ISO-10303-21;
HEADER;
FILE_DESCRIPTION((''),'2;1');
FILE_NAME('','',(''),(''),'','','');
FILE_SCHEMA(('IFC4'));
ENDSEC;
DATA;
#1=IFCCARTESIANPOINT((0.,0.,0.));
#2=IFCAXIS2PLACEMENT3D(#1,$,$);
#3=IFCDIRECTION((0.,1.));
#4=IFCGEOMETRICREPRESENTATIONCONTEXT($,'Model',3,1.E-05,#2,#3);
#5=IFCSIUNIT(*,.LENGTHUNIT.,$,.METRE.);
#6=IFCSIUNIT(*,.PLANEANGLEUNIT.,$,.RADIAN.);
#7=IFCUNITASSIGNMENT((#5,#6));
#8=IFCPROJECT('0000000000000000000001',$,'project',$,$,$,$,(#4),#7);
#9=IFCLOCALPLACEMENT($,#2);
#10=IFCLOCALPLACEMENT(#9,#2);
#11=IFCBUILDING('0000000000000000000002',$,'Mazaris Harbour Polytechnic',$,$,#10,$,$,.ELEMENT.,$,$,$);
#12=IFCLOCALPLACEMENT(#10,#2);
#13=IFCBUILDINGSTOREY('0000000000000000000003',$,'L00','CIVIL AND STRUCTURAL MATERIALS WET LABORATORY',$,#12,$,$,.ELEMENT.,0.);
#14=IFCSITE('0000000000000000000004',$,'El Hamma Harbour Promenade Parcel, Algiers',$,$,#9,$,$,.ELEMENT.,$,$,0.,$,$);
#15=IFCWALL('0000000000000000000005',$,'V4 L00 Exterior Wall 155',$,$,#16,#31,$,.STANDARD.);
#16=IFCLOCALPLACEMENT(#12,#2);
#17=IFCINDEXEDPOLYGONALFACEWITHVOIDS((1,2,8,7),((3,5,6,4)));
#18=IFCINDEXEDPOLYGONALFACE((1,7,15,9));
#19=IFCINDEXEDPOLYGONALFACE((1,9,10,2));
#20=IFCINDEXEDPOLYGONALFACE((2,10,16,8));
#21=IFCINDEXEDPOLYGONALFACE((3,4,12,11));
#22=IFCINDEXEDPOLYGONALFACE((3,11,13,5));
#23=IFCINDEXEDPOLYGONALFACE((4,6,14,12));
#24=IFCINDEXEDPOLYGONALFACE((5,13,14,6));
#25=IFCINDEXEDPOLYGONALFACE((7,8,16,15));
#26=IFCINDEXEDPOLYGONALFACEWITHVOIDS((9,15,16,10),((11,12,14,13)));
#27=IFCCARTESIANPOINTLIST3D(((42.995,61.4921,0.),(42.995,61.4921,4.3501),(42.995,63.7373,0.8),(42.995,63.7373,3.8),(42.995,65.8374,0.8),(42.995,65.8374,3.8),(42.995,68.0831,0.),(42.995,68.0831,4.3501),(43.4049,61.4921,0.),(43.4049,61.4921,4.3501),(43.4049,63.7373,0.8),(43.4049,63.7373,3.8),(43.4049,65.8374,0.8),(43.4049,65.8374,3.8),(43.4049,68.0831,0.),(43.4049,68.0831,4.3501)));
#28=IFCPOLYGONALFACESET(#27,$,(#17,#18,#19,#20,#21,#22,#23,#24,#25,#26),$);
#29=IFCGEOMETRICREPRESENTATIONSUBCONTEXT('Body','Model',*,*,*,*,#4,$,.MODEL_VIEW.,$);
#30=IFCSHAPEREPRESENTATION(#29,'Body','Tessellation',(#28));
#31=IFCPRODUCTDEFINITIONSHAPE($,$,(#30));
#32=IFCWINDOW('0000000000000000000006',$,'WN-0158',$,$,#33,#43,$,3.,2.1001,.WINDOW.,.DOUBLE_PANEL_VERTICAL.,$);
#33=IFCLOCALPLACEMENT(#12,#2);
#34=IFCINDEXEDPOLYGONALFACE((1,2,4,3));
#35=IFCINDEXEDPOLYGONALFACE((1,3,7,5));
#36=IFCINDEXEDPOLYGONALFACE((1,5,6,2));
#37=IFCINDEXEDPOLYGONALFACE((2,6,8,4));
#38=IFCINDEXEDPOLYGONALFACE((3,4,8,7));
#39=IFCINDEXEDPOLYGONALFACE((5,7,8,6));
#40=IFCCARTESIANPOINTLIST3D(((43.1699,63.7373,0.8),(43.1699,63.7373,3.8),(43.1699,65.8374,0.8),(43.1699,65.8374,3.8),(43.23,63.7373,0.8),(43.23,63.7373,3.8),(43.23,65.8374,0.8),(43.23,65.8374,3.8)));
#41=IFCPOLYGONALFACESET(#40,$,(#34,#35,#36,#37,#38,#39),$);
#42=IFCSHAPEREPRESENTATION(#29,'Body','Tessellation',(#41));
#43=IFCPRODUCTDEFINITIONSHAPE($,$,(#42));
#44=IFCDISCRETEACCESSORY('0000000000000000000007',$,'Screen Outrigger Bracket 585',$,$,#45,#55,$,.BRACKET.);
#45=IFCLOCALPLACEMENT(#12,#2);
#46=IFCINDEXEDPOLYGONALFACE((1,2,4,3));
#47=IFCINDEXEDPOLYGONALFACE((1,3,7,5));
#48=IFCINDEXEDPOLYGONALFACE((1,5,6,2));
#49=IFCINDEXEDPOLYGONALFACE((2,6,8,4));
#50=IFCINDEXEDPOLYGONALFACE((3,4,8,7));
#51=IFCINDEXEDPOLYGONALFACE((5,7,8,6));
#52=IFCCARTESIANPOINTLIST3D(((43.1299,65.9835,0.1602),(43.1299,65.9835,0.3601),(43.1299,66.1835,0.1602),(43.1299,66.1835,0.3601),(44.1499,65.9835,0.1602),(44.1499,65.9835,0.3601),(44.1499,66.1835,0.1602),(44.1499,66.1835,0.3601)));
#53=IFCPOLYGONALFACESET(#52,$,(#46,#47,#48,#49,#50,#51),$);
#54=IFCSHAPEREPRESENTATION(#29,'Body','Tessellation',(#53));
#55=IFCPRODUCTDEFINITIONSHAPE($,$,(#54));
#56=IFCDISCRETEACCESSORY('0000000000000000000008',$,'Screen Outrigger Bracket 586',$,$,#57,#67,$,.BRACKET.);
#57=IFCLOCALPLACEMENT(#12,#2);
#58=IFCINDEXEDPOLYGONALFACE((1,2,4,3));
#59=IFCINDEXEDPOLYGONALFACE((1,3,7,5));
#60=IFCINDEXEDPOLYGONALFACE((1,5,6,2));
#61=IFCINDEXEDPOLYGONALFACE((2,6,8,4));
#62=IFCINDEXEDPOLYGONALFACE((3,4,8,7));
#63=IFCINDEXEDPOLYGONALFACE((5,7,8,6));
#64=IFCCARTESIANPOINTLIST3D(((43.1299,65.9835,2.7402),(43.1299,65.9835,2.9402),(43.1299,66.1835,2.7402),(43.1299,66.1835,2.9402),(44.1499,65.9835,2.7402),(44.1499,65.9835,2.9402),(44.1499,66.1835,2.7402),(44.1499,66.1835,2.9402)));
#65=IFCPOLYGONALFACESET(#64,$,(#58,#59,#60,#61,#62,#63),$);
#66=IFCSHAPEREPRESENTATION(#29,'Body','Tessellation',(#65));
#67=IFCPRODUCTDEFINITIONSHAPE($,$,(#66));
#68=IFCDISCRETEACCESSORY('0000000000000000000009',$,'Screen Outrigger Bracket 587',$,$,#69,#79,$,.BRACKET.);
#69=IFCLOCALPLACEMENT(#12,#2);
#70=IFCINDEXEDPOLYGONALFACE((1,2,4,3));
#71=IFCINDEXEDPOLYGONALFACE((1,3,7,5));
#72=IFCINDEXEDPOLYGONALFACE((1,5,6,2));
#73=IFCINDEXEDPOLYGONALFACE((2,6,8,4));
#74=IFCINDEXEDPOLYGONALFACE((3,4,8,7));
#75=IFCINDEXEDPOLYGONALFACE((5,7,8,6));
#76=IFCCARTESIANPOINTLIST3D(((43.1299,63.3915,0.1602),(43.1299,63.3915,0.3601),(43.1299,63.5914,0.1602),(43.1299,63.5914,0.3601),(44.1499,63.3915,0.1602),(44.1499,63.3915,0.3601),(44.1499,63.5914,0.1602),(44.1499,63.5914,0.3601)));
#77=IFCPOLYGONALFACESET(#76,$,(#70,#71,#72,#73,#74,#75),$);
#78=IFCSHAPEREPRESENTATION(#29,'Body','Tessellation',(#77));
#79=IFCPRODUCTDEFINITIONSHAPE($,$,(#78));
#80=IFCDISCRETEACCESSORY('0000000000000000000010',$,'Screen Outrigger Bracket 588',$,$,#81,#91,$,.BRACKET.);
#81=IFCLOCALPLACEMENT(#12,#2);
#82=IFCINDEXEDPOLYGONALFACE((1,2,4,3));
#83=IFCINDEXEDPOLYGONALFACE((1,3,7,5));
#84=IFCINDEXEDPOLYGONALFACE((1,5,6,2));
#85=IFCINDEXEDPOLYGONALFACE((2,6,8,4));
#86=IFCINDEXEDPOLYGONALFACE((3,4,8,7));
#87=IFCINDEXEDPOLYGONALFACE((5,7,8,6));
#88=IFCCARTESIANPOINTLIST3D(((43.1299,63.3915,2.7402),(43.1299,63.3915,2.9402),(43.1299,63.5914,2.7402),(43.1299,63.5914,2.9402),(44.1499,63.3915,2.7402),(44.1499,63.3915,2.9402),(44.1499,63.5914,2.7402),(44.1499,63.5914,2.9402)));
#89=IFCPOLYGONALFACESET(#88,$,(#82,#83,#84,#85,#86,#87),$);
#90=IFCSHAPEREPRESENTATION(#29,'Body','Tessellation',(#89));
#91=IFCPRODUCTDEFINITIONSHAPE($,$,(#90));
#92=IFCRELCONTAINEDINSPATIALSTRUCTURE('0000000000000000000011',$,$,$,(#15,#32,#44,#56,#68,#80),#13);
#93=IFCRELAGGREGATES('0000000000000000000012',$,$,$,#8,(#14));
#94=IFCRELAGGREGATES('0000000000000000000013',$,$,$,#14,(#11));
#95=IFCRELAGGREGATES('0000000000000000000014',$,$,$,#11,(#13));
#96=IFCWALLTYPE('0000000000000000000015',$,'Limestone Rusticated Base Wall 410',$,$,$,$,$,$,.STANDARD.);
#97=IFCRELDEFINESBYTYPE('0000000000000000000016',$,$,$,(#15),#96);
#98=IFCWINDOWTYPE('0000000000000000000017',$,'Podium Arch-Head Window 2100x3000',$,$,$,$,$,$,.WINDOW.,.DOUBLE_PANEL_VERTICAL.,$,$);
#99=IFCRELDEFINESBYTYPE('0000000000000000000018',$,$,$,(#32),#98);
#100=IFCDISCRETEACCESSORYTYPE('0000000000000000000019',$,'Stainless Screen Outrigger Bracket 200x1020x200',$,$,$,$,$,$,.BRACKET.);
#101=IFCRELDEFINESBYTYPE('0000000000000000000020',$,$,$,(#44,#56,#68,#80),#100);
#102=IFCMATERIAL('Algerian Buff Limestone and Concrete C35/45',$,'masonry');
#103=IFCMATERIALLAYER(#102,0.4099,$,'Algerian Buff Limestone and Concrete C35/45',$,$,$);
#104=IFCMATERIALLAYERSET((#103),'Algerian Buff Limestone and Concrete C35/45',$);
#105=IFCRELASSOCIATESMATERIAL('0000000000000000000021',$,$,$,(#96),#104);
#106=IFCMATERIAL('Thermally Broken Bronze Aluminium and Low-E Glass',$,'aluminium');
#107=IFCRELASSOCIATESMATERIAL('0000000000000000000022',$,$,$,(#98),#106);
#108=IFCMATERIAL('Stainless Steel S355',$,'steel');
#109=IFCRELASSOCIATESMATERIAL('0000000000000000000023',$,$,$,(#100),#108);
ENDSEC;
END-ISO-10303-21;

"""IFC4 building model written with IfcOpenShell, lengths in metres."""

from ifc_helpers import new_model, si_unit, direction, frame, frame_2d, origin, origin_2d, place, context, subcontext, project, spatial, rectangle, extrude, material, layer, layer_set, type_object, element, fill, save


model = new_model("IFC4")

# Units and contexts
model_context = context("Model", 3, precision=1e-05, world=origin(), true_north=direction((0.0, 1.0)))
body_context = subcontext(model_context, "Body", "Model", "MODEL_VIEW")
ifc_project = project(units=[si_unit("LENGTHUNIT", "METRE"), si_unit("PLANEANGLEUNIT", "RADIAN")], contexts=[model_context])

# Site, building, storey
site_placement = place(None, origin())
site = spatial("IfcSite", under=ifc_project, at=site_placement, Name="El Hamma Harbour Promenade Parcel, Algiers", CompositionType="ELEMENT", RefElevation=0.0)
building_placement = place(site_placement, origin())
building = spatial("IfcBuilding", under=site, at=building_placement, Name="Mazaris Harbour Polytechnic", CompositionType="ELEMENT")
storey_placement = place(building_placement, origin())
storey = spatial("IfcBuildingStorey", under=building, at=storey_placement, Name="L00", Description="CIVIL AND STRUCTURAL MATERIALS WET LABORATORY", CompositionType="ELEMENT", Elevation=0.0)

# Wall, opening, window
ifc_material_1 = material(Name="Algerian Buff Limestone and Concrete C35/45", Category="masonry")
ifc_layer_1 = layer(ifc_material_1, 0.4099, Name="Algerian Buff Limestone and Concrete C35/45")
ifc_layer_set_1 = layer_set([ifc_layer_1], Name="Algerian Buff Limestone and Concrete C35/45")
wall_type = type_object("IfcWallType", Name="Limestone Rusticated Base Wall 410", PredefinedType="STANDARD", material=ifc_layer_set_1)
wall_placement = place(storey_placement, frame((43.2, 68.083, 0.0), z_axis=(0.0, 0.0, 1.0), x_axis=(0.0, -1.0, 0.0)))
wall = element("IfcWall", 1, at=wall_placement, inside=storey, type_object=wall_type, Name="V4 L00 Exterior Wall 155", PredefinedType="STANDARD", context=body_context, shape_type="SweptSolid", body=[
    extrude(rectangle(XDim=6.5911, YDim=0.4099, at=frame_2d((3.2954, 0.0))), origin(), (0.0, 0.0, 1.0), 4.3501),
])
opening_placement = place(wall_placement, frame((2.2456, 0.0, 0.8)))
opening = element("IfcOpeningElement", 2, at=opening_placement, cuts=wall, PredefinedType="OPENING", context=body_context, shape_type="SweptSolid", body=[
    extrude(rectangle(XDim=2.1001, YDim=3.0, at=frame_2d((1.05, 1.5))), frame((0.0, 0.2148, 0.0), z_axis=(0.0, -1.0, 0.0), x_axis=(1.0, 0.0, 0.0)), (0.0, 0.0, 1.0), 0.4299),
])
ifc_material_2 = material(Name="Thermally Broken Bronze Aluminium and Low-E Glass", Category="aluminium")
window_type = type_object("IfcWindowType", Name="Podium Arch-Head Window 2100x3000", PartitioningType="DOUBLE_PANEL_VERTICAL", PredefinedType="WINDOW", material=ifc_material_2)
window_placement = place(opening_placement, origin())
window = element("IfcWindow", 3, at=window_placement, inside=storey, type_object=window_type, Name="WN-0158", OverallHeight=3.0, OverallWidth=2.1001, PartitioningType="DOUBLE_PANEL_VERTICAL", PredefinedType="WINDOW", context=body_context, shape_type="SweptSolid", body=[
    extrude(rectangle(XDim=2.1001, YDim=3.0, at=frame_2d((1.05, 1.5))), frame((0.0, 0.03, 0.0), z_axis=(0.0, -1.0, 0.0), x_axis=(1.0, 0.0, 0.0)), (0.0, 0.0, 1.0), 0.0601),
])
fill(opening, window)

# Discrete accessories
ifc_material_3 = material(Name="Stainless Steel S355", Category="steel")
discrete_accessory_type = type_object("IfcDiscreteAccessoryType", Name="Stainless Screen Outrigger Bracket 200x1020x200", PredefinedType="BRACKET", material=ifc_material_3)
for number, where, z_axis, x_axis, name in (
    (4, (43.6399, 66.0835, 0.1602), (0.0, 0.0, 1.0), (0.0, -1.0, 0.0), "Screen Outrigger Bracket 585"),
    (5, (43.6399, 66.0835, 2.7402), (0.0, 0.0, 1.0), (0.0, -1.0, 0.0), "Screen Outrigger Bracket 586"),
    (6, (43.6399, 63.4915, 0.1602), (0.0, 0.0, 1.0), (0.0, -1.0, 0.0), "Screen Outrigger Bracket 587"),
    (7, (43.6399, 63.4915, 2.7402), (0.0, 0.0, 1.0), (0.0, -1.0, 0.0), "Screen Outrigger Bracket 588"),
):
    element("IfcDiscreteAccessory", number, at=place(storey_placement, frame(where, z_axis=z_axis, x_axis=x_axis)), inside=storey, type_object=discrete_accessory_type, Name=name, PredefinedType="BRACKET", context=body_context, shape_type="SweptSolid", body=[
        extrude(rectangle(XDim=0.2, YDim=1.02, at=origin_2d()), origin(), (0.0, 0.0, 1.0), 0.2),
    ])

save(model, "model.ifc")
